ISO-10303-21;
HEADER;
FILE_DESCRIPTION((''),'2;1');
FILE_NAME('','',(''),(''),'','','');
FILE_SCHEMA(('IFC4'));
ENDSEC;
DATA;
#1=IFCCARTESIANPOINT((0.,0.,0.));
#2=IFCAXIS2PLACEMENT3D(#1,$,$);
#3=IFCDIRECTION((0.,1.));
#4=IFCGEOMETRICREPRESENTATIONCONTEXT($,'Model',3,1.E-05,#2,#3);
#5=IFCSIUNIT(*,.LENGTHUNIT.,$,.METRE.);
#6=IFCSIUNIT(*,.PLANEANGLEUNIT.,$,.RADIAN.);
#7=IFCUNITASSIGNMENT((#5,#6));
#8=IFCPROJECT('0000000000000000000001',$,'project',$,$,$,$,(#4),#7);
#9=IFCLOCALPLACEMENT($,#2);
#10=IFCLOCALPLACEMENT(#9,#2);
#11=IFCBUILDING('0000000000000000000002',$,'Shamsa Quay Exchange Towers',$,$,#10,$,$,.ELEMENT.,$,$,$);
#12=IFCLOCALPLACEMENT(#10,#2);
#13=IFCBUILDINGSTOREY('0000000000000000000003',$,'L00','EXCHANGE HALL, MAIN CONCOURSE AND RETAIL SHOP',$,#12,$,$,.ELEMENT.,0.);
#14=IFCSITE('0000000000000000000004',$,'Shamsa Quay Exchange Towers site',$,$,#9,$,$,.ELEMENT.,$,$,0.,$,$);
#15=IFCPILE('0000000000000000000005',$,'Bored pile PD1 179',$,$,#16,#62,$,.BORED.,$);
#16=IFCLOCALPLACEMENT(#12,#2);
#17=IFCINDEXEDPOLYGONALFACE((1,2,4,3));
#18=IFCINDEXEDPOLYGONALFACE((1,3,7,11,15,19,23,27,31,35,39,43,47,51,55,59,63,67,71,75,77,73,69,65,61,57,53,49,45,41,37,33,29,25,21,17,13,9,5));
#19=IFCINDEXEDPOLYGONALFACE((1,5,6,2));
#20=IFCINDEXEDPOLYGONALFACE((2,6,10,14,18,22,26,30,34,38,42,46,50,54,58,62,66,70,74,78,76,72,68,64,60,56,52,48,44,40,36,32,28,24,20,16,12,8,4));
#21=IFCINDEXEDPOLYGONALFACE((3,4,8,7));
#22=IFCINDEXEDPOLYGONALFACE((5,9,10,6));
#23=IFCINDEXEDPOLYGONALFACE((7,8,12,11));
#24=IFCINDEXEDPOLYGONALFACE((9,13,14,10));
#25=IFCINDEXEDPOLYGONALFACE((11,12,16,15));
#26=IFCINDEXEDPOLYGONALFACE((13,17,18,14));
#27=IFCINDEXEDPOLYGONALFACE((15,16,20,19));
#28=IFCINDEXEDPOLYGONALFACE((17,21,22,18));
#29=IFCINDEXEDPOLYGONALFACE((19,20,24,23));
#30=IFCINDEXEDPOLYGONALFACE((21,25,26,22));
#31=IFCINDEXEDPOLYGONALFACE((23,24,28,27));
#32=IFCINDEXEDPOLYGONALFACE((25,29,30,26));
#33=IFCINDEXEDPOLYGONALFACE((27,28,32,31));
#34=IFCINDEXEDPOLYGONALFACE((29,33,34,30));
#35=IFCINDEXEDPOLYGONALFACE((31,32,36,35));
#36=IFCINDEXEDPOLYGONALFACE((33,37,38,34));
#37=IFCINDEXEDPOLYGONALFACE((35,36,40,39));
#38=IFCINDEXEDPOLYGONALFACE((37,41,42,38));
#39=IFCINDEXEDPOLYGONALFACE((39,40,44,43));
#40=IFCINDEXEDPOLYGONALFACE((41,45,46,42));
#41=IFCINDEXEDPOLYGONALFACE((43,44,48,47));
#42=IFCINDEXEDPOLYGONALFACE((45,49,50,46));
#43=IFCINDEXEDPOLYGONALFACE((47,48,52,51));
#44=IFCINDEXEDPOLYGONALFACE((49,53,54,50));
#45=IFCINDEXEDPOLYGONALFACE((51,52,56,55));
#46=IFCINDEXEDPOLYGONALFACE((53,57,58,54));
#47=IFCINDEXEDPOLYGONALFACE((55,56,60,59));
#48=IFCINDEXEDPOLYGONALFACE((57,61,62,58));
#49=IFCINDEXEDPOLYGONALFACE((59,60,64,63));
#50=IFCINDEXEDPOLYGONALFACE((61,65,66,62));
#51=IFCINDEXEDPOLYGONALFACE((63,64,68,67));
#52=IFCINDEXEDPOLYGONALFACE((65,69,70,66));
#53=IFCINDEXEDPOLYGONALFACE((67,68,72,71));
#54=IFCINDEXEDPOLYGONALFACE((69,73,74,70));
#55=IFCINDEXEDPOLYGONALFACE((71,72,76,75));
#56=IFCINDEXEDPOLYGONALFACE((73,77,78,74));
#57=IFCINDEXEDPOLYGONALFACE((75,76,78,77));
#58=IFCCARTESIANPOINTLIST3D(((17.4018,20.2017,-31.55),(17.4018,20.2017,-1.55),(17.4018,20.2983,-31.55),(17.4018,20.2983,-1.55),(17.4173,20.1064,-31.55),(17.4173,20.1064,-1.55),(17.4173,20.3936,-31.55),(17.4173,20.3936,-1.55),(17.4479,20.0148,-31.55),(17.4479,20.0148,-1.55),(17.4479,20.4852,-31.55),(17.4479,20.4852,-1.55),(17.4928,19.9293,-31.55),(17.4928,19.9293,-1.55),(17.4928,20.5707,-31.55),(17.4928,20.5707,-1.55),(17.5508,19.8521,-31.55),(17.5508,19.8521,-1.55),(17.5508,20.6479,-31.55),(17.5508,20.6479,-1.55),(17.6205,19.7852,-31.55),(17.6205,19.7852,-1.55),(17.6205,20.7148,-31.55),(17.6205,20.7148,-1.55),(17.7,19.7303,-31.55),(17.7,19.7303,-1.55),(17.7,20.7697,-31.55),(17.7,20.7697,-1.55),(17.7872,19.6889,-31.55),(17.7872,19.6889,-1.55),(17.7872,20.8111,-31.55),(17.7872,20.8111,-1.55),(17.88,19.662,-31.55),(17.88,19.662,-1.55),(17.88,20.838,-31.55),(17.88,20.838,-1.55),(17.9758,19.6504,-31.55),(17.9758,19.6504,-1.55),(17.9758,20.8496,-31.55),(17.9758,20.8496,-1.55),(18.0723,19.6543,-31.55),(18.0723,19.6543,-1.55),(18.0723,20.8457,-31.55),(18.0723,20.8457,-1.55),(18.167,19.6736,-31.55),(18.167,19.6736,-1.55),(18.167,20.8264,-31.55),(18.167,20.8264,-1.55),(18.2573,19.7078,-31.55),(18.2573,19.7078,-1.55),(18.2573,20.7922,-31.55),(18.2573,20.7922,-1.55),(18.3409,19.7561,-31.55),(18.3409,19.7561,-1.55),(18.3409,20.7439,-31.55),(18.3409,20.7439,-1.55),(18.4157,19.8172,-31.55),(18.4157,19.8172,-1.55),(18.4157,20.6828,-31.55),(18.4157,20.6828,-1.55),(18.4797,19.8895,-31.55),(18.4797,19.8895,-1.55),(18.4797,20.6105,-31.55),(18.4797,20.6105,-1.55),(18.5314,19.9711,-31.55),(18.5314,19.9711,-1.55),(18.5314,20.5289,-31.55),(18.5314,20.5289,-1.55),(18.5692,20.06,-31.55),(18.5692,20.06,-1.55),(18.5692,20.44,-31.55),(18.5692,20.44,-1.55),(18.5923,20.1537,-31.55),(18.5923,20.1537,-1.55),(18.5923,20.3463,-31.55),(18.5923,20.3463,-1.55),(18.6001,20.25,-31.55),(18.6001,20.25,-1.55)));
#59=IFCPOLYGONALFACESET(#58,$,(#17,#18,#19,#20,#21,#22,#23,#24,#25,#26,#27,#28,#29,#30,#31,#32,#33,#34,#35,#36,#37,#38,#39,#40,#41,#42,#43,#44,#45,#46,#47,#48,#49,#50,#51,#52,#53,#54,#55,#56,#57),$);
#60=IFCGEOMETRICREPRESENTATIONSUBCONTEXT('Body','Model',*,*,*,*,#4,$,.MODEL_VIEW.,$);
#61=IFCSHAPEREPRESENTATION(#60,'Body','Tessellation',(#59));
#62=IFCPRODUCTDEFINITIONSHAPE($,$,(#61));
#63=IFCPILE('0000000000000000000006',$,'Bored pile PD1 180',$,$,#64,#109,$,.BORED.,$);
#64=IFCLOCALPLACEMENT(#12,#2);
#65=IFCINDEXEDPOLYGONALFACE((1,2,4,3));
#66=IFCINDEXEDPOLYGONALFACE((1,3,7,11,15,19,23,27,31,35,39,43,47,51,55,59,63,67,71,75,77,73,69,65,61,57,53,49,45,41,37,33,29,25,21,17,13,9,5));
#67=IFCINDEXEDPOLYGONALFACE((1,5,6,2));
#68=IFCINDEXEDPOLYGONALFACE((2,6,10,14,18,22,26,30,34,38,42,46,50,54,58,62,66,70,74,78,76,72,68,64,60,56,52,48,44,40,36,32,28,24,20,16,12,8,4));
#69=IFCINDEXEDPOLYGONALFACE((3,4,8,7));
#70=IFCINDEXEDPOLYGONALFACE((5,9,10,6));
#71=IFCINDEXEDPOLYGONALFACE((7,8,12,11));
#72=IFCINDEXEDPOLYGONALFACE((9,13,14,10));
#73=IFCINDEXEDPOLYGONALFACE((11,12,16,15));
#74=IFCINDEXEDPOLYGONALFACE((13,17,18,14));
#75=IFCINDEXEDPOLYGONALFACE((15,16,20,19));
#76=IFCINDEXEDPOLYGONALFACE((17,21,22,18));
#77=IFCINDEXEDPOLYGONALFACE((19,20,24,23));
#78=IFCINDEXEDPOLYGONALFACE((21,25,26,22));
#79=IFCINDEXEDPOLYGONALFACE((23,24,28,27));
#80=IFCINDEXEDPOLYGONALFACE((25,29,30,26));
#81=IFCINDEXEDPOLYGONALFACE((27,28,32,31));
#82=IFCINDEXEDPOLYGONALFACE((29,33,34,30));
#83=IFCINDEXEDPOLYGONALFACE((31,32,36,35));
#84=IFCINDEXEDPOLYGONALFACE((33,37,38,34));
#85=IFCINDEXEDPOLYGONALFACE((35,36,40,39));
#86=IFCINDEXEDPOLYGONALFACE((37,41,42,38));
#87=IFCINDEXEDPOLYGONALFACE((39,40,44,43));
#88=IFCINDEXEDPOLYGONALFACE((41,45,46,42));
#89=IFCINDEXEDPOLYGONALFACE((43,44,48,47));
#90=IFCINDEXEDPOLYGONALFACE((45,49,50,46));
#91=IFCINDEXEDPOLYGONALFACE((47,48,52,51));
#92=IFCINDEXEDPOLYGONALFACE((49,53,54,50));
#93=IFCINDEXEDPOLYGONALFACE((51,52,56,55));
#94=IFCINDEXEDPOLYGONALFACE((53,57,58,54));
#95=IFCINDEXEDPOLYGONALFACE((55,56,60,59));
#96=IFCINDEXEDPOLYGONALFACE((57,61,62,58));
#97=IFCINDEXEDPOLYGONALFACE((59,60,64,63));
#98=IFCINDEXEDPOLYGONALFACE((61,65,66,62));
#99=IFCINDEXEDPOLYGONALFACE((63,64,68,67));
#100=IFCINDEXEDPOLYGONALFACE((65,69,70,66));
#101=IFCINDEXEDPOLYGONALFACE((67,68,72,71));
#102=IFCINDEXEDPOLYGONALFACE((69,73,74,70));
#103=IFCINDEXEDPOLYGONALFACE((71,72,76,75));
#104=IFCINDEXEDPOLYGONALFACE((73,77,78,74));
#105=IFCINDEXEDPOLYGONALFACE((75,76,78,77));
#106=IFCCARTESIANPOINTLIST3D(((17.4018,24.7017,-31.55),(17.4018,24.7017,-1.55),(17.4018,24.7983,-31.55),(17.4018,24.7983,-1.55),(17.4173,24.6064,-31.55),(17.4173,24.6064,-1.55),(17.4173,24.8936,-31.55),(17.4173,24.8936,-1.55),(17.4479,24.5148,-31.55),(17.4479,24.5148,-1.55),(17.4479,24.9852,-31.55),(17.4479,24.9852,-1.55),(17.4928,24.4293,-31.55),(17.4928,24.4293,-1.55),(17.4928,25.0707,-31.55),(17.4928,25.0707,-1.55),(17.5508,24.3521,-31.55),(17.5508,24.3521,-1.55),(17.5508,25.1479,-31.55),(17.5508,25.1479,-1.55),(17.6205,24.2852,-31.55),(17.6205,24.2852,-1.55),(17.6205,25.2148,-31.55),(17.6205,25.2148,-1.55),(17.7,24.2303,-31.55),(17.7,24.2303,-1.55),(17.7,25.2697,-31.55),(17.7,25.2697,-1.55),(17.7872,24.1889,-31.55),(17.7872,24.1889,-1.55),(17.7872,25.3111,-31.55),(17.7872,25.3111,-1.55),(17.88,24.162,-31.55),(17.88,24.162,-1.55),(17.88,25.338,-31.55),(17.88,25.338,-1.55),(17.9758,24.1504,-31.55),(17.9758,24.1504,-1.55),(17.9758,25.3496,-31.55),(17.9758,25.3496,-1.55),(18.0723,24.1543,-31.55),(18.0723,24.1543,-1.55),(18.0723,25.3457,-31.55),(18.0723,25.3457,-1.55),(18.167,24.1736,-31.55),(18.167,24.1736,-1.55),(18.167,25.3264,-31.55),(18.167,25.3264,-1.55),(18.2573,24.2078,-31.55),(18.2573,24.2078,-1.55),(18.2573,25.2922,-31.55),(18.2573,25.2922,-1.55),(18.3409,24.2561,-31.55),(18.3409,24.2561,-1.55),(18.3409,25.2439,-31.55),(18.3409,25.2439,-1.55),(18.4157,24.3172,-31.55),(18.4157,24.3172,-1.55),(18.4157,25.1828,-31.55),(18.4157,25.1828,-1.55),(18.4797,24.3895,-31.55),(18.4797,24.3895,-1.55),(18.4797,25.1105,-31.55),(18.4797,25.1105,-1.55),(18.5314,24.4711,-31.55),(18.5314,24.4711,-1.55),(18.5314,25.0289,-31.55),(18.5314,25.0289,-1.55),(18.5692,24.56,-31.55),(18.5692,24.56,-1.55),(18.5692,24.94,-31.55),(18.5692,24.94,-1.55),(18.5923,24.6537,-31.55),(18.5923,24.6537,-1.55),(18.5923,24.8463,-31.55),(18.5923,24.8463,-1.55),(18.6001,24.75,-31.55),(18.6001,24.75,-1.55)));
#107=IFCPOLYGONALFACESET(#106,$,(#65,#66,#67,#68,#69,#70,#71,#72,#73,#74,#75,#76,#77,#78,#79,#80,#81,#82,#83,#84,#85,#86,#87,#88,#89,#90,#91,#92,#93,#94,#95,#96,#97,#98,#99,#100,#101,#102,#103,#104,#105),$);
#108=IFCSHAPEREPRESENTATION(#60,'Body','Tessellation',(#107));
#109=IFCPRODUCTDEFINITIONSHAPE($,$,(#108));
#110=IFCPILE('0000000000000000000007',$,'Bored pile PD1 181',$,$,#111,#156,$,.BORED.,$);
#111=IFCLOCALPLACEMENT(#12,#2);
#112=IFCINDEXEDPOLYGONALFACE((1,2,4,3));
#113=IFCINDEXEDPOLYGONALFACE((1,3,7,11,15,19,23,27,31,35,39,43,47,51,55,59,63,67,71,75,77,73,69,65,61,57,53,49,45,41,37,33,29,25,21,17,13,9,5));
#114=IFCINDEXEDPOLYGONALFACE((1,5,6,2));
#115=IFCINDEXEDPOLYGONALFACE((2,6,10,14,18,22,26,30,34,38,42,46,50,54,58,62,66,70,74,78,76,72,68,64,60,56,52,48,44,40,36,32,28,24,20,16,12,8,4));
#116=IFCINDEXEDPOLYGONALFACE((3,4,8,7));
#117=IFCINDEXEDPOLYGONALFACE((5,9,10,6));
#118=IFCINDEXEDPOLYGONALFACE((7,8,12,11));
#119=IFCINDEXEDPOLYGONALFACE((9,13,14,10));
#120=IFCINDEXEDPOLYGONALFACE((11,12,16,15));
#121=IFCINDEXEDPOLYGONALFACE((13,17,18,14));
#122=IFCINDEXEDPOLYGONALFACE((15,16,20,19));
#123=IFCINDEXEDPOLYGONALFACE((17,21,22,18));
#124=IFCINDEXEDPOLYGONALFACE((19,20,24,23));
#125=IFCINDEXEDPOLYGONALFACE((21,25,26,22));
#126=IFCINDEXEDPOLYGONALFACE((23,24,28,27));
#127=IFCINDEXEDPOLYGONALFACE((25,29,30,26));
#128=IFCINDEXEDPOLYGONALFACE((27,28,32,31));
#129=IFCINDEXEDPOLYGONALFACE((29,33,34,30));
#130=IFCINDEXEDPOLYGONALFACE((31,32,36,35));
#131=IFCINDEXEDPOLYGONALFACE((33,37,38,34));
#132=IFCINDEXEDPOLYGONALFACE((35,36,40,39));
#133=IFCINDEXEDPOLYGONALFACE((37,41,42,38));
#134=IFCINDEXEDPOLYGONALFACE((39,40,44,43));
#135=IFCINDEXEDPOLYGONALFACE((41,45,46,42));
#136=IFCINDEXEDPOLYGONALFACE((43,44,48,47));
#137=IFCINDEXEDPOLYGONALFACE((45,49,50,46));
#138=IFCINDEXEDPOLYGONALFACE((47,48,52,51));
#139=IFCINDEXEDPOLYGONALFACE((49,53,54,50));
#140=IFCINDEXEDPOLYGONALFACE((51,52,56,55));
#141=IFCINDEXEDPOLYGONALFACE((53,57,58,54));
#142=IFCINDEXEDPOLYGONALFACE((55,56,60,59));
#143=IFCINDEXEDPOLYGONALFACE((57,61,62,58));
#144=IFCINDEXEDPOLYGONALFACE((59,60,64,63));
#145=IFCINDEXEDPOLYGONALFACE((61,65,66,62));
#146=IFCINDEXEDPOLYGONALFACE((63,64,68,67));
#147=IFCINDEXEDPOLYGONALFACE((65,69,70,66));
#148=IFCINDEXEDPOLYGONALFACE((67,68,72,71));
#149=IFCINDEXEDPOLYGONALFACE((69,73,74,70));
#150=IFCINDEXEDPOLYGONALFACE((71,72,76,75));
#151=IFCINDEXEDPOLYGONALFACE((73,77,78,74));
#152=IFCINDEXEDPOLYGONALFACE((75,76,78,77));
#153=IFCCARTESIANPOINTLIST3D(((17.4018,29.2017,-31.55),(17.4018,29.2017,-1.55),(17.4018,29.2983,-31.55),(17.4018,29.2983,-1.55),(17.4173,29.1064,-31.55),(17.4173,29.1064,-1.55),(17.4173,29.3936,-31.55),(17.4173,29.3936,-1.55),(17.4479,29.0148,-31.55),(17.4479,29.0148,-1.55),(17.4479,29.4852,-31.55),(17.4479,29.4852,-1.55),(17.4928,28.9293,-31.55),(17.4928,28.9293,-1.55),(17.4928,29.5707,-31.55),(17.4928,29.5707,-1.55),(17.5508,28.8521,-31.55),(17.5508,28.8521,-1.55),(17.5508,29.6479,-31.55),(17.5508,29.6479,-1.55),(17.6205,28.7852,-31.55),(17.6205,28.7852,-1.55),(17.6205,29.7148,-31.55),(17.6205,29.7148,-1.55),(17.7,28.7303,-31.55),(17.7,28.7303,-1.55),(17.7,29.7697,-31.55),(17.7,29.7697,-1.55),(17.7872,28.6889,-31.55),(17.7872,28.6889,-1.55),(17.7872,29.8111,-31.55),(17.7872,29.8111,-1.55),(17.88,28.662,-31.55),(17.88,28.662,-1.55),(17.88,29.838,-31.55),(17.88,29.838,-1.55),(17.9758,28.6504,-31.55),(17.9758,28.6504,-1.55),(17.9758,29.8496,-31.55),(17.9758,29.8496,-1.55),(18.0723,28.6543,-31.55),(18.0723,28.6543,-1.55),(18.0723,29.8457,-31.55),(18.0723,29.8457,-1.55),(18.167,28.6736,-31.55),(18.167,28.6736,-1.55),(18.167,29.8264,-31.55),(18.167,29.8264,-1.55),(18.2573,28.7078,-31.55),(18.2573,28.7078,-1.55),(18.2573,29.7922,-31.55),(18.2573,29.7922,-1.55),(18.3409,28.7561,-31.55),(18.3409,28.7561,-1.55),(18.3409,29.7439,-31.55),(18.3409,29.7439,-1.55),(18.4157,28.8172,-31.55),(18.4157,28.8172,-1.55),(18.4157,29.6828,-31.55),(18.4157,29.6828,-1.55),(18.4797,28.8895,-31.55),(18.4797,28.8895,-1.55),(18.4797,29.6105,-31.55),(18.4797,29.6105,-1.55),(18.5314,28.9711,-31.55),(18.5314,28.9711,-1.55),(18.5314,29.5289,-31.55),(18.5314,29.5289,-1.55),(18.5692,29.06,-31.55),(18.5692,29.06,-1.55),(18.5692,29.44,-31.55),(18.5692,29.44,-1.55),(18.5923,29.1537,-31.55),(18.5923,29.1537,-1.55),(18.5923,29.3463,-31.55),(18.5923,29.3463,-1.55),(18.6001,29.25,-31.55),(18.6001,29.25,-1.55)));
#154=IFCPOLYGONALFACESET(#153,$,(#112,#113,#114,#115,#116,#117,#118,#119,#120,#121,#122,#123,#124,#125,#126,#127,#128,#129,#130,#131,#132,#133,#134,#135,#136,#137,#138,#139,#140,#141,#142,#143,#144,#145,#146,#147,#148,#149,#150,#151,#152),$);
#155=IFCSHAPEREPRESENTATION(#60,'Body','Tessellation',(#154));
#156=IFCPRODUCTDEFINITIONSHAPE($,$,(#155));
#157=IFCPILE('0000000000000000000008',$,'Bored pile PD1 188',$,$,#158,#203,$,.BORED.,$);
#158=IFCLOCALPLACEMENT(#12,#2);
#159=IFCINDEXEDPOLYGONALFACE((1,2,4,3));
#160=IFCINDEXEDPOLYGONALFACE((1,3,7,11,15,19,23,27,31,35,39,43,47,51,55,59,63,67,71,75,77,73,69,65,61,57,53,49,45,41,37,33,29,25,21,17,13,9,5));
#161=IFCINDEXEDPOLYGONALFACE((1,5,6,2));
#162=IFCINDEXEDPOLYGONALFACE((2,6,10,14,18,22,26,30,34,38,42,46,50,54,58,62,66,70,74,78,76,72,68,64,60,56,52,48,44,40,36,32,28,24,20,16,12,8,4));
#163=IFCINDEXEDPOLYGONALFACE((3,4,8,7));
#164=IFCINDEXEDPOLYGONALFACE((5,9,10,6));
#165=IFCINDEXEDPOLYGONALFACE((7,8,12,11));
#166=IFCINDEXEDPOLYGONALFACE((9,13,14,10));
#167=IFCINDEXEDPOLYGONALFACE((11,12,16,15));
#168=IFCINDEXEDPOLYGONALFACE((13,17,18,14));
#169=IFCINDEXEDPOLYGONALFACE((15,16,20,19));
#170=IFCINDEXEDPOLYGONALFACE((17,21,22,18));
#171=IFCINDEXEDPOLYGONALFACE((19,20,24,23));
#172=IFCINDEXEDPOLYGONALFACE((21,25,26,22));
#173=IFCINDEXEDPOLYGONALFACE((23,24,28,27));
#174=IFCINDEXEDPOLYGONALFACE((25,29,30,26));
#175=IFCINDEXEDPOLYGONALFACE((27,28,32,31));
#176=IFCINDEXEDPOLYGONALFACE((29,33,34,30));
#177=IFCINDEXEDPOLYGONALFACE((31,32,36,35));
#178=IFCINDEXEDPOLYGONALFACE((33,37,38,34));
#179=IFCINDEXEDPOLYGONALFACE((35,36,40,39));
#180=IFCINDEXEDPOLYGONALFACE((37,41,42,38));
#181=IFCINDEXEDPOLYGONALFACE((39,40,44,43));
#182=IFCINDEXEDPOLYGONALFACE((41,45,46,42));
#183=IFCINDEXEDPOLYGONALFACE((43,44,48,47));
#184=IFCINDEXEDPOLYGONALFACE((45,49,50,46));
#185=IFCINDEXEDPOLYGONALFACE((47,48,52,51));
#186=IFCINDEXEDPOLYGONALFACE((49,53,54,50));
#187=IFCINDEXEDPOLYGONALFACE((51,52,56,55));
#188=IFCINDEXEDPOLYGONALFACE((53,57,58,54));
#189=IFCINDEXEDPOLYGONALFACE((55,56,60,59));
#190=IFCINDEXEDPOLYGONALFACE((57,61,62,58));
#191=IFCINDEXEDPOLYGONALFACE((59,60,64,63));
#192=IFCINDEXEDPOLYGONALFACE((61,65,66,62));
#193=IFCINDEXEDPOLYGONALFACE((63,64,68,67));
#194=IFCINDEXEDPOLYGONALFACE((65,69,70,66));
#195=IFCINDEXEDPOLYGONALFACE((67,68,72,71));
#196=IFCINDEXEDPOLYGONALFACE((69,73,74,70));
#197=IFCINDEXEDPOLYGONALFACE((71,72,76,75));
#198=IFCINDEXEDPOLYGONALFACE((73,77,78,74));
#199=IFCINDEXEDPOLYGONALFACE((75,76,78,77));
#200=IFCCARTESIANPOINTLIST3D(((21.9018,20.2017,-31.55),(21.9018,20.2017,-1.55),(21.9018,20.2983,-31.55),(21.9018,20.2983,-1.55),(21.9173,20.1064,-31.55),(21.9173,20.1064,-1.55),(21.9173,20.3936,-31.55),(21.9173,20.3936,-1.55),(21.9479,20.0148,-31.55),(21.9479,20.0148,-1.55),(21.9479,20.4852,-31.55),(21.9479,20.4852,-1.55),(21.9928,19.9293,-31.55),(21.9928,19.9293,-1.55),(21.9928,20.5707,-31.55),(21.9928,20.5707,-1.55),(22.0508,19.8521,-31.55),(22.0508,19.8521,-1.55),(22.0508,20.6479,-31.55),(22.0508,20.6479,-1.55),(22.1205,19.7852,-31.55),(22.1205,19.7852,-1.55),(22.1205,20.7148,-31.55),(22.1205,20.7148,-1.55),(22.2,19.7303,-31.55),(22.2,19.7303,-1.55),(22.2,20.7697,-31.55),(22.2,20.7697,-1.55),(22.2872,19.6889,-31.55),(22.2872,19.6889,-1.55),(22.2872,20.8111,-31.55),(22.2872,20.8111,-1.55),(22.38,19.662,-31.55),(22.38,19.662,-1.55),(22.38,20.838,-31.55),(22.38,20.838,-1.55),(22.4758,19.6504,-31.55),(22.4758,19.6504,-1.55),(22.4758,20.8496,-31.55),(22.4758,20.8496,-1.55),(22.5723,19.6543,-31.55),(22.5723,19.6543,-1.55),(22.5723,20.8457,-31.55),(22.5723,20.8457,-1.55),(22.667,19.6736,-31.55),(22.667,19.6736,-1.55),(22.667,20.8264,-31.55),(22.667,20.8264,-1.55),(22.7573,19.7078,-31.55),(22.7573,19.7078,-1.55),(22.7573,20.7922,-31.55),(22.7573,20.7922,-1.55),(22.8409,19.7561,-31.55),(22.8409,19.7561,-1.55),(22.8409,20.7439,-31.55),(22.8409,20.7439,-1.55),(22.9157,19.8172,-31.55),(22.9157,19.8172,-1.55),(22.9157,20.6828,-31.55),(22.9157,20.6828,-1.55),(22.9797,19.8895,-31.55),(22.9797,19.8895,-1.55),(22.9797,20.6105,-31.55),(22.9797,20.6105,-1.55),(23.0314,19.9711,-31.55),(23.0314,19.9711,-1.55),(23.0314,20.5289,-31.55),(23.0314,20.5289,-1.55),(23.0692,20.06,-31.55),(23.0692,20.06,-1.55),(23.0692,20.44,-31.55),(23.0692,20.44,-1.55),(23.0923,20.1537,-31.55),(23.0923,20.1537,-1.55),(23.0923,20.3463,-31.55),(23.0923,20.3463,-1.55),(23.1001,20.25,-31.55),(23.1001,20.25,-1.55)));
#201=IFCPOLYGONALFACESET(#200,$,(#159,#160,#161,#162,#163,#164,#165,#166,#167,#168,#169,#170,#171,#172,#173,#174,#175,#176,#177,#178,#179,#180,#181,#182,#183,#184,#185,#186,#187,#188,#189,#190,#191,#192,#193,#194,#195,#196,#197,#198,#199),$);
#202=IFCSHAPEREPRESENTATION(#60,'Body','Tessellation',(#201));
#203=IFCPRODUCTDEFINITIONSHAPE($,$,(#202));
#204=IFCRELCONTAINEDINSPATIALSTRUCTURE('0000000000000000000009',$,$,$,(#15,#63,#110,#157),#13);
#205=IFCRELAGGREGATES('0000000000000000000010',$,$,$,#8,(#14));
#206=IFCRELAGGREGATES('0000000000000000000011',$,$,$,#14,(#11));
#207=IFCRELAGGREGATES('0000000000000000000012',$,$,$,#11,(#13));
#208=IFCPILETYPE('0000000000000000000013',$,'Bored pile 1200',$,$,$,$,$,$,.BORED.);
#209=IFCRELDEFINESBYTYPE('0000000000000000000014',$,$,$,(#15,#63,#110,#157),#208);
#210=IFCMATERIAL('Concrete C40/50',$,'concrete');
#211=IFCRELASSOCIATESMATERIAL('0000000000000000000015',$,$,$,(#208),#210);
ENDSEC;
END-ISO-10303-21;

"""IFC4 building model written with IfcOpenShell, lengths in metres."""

from ifc_helpers import new_model, si_unit, direction, frame, origin, origin_2d, place, context, subcontext, project, spatial, circle, extrude, material, material_profile, profile_set, type_object, element, save


model = new_model("IFC4")

# Units and contexts
model_context = context("Model", 3, precision=1e-05, world=origin(), true_north=direction((0.0, 1.0)))
body_context = subcontext(model_context, "Body", "Model", "MODEL_VIEW")
ifc_project = project(units=[si_unit("LENGTHUNIT", "METRE"), si_unit("PLANEANGLEUNIT", "RADIAN")], contexts=[model_context])

# Site, building, storey
site_placement = place(None, origin())
site = spatial("IfcSite", under=ifc_project, at=site_placement, Name="Shamsa Quay Exchange Towers site", CompositionType="ELEMENT", RefElevation=0.0)
building_placement = place(site_placement, origin())
building = spatial("IfcBuilding", under=site, at=building_placement, Name="Shamsa Quay Exchange Towers", CompositionType="ELEMENT")
storey_placement = place(building_placement, origin())
storey = spatial("IfcBuildingStorey", under=building, at=storey_placement, Name="L00", Description="EXCHANGE HALL, MAIN CONCOURSE AND RETAIL SHOP", CompositionType="ELEMENT", Elevation=0.0)

# Piles
ifc_material_1 = material(Name="Concrete C40/50", Category="concrete")
ifc_material_profile_1 = material_profile(ifc_material_1, circle(Radius=0.6001, at=origin_2d()), Name="BP1200")
ifc_profile_set_1 = profile_set([ifc_material_profile_1], Name="Concrete C40/50")
pile_type_1 = type_object("IfcPileType", Name="Bored pile 1200", PredefinedType="BORED", material=ifc_profile_set_1)
for number, where, z_axis, x_axis, name in (
    (1, (18.0, 20.25, -1.55), (0.0, 0.0, -1.0), (1.0, 0.0, 0.0), "Bored pile PD1 179"),
    (2, (18.0, 24.75, -1.55), (0.0, 0.0, -1.0), (1.0, 0.0, 0.0), "Bored pile PD1 180"),
    (3, (18.0, 29.25, -1.55), (0.0, 0.0, -1.0), (1.0, 0.0, 0.0), "Bored pile PD1 181"),
    (4, (22.5, 20.25, -1.55), (0.0, 0.0, -1.0), (1.0, 0.0, 0.0), "Bored pile PD1 188"),
):
    element("IfcPile", number, at=place(storey_placement, frame(where, z_axis=z_axis, x_axis=x_axis)), inside=storey, type_object=pile_type_1, Name=name, PredefinedType="BORED", context=body_context, shape_type="SweptSolid", body=[
        extrude(circle(Radius=0.6001, at=origin_2d()), origin(), (0.0, 0.0, 1.0), 30.0),
    ])

save(model, "model.ifc")
